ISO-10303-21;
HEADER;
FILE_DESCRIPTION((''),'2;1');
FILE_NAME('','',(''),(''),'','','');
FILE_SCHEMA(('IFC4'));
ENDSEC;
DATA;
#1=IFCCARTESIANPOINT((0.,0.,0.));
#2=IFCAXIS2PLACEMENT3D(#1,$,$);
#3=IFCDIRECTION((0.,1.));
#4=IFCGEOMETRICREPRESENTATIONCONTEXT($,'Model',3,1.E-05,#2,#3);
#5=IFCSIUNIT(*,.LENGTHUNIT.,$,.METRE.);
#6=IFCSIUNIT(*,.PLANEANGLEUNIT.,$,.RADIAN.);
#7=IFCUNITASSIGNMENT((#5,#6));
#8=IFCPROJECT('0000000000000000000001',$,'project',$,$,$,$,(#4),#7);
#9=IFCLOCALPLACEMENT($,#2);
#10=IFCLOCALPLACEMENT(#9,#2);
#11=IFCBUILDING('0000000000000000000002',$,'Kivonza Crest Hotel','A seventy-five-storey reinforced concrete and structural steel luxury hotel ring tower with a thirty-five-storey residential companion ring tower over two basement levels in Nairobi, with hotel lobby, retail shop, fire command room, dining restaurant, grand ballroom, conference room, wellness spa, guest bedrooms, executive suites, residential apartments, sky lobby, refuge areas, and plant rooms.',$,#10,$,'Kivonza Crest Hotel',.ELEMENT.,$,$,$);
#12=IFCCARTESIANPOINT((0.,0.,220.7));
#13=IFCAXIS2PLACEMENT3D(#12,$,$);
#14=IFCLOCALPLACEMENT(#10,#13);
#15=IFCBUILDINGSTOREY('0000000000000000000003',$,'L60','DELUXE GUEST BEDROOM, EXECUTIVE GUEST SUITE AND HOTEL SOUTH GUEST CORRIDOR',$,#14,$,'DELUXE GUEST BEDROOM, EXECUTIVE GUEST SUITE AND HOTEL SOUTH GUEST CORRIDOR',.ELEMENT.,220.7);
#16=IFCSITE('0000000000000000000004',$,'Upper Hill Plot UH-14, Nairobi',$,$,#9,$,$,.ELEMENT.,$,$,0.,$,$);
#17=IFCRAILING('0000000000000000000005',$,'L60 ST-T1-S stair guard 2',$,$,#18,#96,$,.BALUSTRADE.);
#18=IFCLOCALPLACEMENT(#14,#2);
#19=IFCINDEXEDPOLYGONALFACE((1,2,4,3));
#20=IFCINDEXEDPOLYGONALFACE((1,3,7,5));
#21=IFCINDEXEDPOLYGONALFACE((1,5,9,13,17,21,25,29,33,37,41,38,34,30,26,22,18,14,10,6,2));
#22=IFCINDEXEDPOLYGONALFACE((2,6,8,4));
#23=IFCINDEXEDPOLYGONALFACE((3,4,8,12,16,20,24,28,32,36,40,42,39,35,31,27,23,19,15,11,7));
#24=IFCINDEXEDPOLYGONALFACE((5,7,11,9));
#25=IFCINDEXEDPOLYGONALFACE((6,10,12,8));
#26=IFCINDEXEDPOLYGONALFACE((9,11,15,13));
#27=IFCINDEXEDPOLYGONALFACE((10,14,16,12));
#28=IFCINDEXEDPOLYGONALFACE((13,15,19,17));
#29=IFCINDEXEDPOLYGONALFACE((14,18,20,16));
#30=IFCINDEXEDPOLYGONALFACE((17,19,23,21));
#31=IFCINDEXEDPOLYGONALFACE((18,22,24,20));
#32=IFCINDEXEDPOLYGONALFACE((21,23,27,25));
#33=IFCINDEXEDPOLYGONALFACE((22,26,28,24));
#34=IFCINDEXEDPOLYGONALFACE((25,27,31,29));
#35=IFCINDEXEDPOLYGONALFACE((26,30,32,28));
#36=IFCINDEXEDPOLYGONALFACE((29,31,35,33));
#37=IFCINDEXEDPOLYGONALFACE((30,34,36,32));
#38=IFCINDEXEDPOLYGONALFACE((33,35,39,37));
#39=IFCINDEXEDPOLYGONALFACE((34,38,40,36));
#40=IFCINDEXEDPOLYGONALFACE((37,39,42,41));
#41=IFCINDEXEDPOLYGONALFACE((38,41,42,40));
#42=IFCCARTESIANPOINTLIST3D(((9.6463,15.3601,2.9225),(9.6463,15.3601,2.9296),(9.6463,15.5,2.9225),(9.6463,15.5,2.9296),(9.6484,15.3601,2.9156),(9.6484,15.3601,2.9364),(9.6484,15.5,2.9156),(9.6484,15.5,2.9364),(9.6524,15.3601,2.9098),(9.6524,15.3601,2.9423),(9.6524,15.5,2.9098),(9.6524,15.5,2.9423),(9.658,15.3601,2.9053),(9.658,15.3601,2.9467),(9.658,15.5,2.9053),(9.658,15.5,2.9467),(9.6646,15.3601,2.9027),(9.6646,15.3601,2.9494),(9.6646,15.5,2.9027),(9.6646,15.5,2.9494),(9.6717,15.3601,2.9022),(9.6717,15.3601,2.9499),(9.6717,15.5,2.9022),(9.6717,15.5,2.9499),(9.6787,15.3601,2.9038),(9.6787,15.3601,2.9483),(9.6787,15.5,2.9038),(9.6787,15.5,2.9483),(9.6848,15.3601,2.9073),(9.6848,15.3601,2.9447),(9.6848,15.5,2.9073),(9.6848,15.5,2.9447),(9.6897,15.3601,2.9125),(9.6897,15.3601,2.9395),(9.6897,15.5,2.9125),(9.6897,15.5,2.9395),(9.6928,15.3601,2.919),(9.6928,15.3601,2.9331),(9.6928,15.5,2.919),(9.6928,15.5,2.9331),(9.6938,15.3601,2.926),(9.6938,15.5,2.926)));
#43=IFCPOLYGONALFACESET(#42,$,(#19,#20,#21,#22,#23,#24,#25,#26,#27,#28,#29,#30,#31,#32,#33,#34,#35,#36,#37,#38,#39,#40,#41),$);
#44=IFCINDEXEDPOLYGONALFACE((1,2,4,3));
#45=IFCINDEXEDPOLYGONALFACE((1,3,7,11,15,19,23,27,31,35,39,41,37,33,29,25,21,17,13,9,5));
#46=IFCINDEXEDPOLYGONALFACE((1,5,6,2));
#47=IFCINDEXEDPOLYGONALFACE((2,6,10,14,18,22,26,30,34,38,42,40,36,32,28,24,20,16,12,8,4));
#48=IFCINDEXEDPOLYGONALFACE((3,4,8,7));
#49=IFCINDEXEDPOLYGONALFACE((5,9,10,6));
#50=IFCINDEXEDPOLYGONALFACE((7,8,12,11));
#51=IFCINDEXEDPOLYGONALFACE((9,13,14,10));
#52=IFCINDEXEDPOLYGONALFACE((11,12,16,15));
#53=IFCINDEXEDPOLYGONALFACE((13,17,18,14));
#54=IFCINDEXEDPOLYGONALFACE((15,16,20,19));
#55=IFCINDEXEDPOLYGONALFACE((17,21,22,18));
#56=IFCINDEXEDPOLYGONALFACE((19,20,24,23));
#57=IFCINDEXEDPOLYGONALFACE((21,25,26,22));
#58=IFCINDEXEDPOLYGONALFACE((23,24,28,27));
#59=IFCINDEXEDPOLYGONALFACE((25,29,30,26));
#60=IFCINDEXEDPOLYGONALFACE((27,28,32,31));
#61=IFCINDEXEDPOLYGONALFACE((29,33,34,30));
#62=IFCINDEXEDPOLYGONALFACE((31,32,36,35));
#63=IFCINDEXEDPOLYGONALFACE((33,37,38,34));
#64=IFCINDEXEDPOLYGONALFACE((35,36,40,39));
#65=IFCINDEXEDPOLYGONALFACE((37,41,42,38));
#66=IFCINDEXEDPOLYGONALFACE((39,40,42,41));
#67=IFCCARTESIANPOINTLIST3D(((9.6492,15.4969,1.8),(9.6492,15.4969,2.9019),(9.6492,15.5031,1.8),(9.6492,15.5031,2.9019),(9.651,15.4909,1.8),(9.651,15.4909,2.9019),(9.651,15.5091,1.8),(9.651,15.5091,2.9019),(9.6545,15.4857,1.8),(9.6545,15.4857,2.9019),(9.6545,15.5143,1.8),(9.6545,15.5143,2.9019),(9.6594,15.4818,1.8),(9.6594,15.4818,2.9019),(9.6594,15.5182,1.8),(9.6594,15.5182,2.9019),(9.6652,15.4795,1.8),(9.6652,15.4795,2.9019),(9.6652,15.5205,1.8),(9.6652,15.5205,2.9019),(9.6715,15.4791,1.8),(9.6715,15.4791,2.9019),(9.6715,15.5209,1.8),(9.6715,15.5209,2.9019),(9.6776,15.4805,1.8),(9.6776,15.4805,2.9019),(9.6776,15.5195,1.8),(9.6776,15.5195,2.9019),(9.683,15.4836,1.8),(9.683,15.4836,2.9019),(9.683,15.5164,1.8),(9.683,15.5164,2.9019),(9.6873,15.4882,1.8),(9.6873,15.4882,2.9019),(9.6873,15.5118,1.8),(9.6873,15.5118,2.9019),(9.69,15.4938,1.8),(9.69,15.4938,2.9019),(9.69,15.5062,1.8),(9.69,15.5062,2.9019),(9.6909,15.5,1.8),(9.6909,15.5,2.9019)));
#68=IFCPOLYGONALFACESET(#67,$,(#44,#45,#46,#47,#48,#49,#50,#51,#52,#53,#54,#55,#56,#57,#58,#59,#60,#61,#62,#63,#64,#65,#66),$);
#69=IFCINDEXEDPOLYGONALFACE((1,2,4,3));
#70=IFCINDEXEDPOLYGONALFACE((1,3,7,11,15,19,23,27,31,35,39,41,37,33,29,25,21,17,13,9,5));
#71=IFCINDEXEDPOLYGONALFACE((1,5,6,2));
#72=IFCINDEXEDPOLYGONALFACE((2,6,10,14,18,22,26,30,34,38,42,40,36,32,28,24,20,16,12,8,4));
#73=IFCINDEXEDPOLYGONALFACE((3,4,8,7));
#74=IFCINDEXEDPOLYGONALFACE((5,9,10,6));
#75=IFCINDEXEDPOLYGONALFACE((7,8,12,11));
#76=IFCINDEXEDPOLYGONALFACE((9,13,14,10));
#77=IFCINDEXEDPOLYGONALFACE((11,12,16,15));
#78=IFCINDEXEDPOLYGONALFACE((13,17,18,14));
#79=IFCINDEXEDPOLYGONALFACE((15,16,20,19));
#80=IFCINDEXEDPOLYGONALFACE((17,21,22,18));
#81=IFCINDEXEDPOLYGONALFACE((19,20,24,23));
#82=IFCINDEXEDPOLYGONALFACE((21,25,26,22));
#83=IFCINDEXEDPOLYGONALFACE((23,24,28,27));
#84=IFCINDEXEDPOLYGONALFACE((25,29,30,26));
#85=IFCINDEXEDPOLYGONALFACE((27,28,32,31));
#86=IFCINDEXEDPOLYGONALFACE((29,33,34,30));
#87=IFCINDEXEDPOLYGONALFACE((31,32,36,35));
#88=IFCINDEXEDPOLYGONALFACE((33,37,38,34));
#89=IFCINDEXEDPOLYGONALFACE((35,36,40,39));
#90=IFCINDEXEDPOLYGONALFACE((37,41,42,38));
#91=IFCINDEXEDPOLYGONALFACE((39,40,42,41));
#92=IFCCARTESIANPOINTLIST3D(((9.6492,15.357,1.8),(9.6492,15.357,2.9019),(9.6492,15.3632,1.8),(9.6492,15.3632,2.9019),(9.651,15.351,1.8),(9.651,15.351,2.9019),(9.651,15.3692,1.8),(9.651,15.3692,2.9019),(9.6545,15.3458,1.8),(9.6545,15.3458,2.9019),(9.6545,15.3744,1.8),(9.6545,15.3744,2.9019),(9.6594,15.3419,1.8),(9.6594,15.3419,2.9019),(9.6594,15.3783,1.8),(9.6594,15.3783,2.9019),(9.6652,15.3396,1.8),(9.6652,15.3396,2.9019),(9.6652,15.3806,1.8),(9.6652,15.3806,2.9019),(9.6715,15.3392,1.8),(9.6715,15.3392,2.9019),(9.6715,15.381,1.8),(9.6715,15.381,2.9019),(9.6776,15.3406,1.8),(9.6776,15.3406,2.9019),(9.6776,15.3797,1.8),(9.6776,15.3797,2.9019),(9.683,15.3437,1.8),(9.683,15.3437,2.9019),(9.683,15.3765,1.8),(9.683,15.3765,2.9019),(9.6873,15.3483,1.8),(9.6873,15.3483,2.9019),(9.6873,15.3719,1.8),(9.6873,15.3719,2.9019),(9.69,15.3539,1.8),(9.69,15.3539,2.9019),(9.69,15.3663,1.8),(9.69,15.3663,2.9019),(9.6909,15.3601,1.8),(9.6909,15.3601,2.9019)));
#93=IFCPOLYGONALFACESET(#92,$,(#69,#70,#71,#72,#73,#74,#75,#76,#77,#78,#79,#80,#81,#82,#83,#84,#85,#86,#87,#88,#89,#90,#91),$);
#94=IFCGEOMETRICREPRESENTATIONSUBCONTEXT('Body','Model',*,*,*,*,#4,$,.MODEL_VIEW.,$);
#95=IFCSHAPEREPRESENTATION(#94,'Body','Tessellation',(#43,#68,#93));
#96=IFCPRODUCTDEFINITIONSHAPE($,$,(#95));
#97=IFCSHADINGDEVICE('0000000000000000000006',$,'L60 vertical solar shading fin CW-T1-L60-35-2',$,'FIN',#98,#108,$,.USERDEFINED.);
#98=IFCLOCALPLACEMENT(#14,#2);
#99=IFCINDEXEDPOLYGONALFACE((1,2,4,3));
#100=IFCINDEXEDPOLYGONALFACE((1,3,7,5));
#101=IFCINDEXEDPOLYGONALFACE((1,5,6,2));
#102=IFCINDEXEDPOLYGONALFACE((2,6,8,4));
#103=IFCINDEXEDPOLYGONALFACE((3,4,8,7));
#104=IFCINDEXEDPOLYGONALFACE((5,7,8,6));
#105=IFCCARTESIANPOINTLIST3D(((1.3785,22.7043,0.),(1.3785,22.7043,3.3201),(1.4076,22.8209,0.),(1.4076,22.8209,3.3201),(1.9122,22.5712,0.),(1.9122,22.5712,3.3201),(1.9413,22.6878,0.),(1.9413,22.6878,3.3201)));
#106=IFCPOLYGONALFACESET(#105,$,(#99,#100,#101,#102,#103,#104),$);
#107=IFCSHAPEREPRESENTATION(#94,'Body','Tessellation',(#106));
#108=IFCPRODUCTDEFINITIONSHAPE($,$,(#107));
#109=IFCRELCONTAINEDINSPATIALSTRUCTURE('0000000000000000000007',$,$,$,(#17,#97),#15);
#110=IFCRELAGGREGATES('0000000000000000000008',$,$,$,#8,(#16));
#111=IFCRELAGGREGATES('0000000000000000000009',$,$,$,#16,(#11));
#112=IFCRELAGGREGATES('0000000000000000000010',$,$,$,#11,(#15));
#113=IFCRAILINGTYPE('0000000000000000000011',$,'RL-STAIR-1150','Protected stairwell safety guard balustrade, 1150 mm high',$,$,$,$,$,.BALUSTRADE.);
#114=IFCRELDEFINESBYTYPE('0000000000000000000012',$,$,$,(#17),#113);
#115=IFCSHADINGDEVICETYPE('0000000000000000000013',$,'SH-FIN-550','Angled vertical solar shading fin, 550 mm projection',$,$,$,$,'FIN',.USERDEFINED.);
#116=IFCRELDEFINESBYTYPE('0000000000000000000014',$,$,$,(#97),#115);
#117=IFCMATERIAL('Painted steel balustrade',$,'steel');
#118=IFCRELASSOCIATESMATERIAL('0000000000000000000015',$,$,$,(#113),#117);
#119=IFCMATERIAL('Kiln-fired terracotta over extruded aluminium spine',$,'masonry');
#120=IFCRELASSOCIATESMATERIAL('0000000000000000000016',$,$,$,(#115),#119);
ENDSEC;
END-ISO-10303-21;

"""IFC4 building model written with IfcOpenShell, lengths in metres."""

from ifc_helpers import new_model, si_unit, direction, frame, origin, origin_2d, place, context, subcontext, project, spatial, rectangle, circle, extrude, material, type_object, element, save


model = new_model("IFC4")

# Units and contexts
model_context = context("Model", 3, precision=1e-05, world=origin(), true_north=direction((0.0, 1.0)))
body_context = subcontext(model_context, "Body", "Model", "MODEL_VIEW")
ifc_project = project(units=[si_unit("LENGTHUNIT", "METRE"), si_unit("PLANEANGLEUNIT", "RADIAN")], contexts=[model_context])

# Site, building, storey
site_placement = place(None, origin())
site = spatial("IfcSite", under=ifc_project, at=site_placement, Name="Upper Hill Plot UH-14, Nairobi", CompositionType="ELEMENT", RefElevation=0.0)
building_placement = place(site_placement, origin())
building = spatial("IfcBuilding", under=site, at=building_placement, Name="Kivonza Crest Hotel", Description="A seventy-five-storey reinforced concrete and structural steel luxury hotel ring tower with a thirty-five-storey residential companion ring tower over two basement levels in Nairobi, with hotel lobby, retail shop, fire command room, dining restaurant, grand ballroom, conference room, wellness spa, guest bedrooms, executive suites, residential apartments, sky lobby, refuge areas, and plant rooms.", LongName="Kivonza Crest Hotel", CompositionType="ELEMENT")
storey_placement = place(building_placement, frame((0.0, 0.0, 220.7)))
storey = spatial("IfcBuildingStorey", under=building, at=storey_placement, Name="L60", Description="DELUXE GUEST BEDROOM, EXECUTIVE GUEST SUITE AND HOTEL SOUTH GUEST CORRIDOR", LongName="DELUXE GUEST BEDROOM, EXECUTIVE GUEST SUITE AND HOTEL SOUTH GUEST CORRIDOR", CompositionType="ELEMENT", Elevation=220.7)

# Railing
ifc_material_1 = material(Name="Painted steel balustrade", Category="steel")
railing_type_1 = type_object("IfcRailingType", Name="RL-STAIR-1150", Description="Protected stairwell safety guard balustrade, 1150 mm high", PredefinedType="BALUSTRADE", material=ifc_material_1)
railing_1_placement = place(storey_placement, frame((9.6699, 15.5, 1.8)))
element("IfcRailing", 1, at=railing_1_placement, inside=storey, type_object=railing_type_1, Name="L60 ST-T1-S stair guard 2", PredefinedType="BALUSTRADE", context=body_context, shape_type="SweptSolid", body=[
    extrude(circle(Radius=0.0239, at=origin_2d()), frame((0.0, 0.0, 1.126), z_axis=(0.0, -1.0, 0.0), x_axis=(1.0, 0.0, 0.0)), (0.0, 0.0, 1.0), 0.1399),
    extrude(circle(Radius=0.021, at=origin_2d()), origin(), (0.0, 0.0, 1.0), 1.1018),
    extrude(circle(Radius=0.021, at=origin_2d()), frame((0.0, -0.1399, 0.0)), (0.0, 0.0, 1.0), 1.1018),
])

# Shading device
ifc_material_2 = material(Name="Kiln-fired terracotta over extruded aluminium spine", Category="masonry")
shading_device_type = type_object("IfcShadingDeviceType", Name="SH-FIN-550", Description="Angled vertical solar shading fin, 550 mm projection", ElementType="FIN", PredefinedType="USERDEFINED", material=ifc_material_2)
shading_device_placement = place(storey_placement, frame((1.6599, 22.696, 0.0), z_axis=(0.0, 0.0, 1.0), x_axis=(-0.241922, -0.970296, 0.0)))
element("IfcShadingDevice", 2, at=shading_device_placement, inside=storey, type_object=shading_device_type, Name="L60 vertical solar shading fin CW-T1-L60-35-2", ObjectType="FIN", PredefinedType="USERDEFINED", context=body_context, shape_type="SweptSolid", body=[
    extrude(rectangle(XDim=0.1201, YDim=0.55, at=origin_2d()), origin(), (0.0, 0.0, 1.0), 3.3201),
])

save(model, "model.ifc")
